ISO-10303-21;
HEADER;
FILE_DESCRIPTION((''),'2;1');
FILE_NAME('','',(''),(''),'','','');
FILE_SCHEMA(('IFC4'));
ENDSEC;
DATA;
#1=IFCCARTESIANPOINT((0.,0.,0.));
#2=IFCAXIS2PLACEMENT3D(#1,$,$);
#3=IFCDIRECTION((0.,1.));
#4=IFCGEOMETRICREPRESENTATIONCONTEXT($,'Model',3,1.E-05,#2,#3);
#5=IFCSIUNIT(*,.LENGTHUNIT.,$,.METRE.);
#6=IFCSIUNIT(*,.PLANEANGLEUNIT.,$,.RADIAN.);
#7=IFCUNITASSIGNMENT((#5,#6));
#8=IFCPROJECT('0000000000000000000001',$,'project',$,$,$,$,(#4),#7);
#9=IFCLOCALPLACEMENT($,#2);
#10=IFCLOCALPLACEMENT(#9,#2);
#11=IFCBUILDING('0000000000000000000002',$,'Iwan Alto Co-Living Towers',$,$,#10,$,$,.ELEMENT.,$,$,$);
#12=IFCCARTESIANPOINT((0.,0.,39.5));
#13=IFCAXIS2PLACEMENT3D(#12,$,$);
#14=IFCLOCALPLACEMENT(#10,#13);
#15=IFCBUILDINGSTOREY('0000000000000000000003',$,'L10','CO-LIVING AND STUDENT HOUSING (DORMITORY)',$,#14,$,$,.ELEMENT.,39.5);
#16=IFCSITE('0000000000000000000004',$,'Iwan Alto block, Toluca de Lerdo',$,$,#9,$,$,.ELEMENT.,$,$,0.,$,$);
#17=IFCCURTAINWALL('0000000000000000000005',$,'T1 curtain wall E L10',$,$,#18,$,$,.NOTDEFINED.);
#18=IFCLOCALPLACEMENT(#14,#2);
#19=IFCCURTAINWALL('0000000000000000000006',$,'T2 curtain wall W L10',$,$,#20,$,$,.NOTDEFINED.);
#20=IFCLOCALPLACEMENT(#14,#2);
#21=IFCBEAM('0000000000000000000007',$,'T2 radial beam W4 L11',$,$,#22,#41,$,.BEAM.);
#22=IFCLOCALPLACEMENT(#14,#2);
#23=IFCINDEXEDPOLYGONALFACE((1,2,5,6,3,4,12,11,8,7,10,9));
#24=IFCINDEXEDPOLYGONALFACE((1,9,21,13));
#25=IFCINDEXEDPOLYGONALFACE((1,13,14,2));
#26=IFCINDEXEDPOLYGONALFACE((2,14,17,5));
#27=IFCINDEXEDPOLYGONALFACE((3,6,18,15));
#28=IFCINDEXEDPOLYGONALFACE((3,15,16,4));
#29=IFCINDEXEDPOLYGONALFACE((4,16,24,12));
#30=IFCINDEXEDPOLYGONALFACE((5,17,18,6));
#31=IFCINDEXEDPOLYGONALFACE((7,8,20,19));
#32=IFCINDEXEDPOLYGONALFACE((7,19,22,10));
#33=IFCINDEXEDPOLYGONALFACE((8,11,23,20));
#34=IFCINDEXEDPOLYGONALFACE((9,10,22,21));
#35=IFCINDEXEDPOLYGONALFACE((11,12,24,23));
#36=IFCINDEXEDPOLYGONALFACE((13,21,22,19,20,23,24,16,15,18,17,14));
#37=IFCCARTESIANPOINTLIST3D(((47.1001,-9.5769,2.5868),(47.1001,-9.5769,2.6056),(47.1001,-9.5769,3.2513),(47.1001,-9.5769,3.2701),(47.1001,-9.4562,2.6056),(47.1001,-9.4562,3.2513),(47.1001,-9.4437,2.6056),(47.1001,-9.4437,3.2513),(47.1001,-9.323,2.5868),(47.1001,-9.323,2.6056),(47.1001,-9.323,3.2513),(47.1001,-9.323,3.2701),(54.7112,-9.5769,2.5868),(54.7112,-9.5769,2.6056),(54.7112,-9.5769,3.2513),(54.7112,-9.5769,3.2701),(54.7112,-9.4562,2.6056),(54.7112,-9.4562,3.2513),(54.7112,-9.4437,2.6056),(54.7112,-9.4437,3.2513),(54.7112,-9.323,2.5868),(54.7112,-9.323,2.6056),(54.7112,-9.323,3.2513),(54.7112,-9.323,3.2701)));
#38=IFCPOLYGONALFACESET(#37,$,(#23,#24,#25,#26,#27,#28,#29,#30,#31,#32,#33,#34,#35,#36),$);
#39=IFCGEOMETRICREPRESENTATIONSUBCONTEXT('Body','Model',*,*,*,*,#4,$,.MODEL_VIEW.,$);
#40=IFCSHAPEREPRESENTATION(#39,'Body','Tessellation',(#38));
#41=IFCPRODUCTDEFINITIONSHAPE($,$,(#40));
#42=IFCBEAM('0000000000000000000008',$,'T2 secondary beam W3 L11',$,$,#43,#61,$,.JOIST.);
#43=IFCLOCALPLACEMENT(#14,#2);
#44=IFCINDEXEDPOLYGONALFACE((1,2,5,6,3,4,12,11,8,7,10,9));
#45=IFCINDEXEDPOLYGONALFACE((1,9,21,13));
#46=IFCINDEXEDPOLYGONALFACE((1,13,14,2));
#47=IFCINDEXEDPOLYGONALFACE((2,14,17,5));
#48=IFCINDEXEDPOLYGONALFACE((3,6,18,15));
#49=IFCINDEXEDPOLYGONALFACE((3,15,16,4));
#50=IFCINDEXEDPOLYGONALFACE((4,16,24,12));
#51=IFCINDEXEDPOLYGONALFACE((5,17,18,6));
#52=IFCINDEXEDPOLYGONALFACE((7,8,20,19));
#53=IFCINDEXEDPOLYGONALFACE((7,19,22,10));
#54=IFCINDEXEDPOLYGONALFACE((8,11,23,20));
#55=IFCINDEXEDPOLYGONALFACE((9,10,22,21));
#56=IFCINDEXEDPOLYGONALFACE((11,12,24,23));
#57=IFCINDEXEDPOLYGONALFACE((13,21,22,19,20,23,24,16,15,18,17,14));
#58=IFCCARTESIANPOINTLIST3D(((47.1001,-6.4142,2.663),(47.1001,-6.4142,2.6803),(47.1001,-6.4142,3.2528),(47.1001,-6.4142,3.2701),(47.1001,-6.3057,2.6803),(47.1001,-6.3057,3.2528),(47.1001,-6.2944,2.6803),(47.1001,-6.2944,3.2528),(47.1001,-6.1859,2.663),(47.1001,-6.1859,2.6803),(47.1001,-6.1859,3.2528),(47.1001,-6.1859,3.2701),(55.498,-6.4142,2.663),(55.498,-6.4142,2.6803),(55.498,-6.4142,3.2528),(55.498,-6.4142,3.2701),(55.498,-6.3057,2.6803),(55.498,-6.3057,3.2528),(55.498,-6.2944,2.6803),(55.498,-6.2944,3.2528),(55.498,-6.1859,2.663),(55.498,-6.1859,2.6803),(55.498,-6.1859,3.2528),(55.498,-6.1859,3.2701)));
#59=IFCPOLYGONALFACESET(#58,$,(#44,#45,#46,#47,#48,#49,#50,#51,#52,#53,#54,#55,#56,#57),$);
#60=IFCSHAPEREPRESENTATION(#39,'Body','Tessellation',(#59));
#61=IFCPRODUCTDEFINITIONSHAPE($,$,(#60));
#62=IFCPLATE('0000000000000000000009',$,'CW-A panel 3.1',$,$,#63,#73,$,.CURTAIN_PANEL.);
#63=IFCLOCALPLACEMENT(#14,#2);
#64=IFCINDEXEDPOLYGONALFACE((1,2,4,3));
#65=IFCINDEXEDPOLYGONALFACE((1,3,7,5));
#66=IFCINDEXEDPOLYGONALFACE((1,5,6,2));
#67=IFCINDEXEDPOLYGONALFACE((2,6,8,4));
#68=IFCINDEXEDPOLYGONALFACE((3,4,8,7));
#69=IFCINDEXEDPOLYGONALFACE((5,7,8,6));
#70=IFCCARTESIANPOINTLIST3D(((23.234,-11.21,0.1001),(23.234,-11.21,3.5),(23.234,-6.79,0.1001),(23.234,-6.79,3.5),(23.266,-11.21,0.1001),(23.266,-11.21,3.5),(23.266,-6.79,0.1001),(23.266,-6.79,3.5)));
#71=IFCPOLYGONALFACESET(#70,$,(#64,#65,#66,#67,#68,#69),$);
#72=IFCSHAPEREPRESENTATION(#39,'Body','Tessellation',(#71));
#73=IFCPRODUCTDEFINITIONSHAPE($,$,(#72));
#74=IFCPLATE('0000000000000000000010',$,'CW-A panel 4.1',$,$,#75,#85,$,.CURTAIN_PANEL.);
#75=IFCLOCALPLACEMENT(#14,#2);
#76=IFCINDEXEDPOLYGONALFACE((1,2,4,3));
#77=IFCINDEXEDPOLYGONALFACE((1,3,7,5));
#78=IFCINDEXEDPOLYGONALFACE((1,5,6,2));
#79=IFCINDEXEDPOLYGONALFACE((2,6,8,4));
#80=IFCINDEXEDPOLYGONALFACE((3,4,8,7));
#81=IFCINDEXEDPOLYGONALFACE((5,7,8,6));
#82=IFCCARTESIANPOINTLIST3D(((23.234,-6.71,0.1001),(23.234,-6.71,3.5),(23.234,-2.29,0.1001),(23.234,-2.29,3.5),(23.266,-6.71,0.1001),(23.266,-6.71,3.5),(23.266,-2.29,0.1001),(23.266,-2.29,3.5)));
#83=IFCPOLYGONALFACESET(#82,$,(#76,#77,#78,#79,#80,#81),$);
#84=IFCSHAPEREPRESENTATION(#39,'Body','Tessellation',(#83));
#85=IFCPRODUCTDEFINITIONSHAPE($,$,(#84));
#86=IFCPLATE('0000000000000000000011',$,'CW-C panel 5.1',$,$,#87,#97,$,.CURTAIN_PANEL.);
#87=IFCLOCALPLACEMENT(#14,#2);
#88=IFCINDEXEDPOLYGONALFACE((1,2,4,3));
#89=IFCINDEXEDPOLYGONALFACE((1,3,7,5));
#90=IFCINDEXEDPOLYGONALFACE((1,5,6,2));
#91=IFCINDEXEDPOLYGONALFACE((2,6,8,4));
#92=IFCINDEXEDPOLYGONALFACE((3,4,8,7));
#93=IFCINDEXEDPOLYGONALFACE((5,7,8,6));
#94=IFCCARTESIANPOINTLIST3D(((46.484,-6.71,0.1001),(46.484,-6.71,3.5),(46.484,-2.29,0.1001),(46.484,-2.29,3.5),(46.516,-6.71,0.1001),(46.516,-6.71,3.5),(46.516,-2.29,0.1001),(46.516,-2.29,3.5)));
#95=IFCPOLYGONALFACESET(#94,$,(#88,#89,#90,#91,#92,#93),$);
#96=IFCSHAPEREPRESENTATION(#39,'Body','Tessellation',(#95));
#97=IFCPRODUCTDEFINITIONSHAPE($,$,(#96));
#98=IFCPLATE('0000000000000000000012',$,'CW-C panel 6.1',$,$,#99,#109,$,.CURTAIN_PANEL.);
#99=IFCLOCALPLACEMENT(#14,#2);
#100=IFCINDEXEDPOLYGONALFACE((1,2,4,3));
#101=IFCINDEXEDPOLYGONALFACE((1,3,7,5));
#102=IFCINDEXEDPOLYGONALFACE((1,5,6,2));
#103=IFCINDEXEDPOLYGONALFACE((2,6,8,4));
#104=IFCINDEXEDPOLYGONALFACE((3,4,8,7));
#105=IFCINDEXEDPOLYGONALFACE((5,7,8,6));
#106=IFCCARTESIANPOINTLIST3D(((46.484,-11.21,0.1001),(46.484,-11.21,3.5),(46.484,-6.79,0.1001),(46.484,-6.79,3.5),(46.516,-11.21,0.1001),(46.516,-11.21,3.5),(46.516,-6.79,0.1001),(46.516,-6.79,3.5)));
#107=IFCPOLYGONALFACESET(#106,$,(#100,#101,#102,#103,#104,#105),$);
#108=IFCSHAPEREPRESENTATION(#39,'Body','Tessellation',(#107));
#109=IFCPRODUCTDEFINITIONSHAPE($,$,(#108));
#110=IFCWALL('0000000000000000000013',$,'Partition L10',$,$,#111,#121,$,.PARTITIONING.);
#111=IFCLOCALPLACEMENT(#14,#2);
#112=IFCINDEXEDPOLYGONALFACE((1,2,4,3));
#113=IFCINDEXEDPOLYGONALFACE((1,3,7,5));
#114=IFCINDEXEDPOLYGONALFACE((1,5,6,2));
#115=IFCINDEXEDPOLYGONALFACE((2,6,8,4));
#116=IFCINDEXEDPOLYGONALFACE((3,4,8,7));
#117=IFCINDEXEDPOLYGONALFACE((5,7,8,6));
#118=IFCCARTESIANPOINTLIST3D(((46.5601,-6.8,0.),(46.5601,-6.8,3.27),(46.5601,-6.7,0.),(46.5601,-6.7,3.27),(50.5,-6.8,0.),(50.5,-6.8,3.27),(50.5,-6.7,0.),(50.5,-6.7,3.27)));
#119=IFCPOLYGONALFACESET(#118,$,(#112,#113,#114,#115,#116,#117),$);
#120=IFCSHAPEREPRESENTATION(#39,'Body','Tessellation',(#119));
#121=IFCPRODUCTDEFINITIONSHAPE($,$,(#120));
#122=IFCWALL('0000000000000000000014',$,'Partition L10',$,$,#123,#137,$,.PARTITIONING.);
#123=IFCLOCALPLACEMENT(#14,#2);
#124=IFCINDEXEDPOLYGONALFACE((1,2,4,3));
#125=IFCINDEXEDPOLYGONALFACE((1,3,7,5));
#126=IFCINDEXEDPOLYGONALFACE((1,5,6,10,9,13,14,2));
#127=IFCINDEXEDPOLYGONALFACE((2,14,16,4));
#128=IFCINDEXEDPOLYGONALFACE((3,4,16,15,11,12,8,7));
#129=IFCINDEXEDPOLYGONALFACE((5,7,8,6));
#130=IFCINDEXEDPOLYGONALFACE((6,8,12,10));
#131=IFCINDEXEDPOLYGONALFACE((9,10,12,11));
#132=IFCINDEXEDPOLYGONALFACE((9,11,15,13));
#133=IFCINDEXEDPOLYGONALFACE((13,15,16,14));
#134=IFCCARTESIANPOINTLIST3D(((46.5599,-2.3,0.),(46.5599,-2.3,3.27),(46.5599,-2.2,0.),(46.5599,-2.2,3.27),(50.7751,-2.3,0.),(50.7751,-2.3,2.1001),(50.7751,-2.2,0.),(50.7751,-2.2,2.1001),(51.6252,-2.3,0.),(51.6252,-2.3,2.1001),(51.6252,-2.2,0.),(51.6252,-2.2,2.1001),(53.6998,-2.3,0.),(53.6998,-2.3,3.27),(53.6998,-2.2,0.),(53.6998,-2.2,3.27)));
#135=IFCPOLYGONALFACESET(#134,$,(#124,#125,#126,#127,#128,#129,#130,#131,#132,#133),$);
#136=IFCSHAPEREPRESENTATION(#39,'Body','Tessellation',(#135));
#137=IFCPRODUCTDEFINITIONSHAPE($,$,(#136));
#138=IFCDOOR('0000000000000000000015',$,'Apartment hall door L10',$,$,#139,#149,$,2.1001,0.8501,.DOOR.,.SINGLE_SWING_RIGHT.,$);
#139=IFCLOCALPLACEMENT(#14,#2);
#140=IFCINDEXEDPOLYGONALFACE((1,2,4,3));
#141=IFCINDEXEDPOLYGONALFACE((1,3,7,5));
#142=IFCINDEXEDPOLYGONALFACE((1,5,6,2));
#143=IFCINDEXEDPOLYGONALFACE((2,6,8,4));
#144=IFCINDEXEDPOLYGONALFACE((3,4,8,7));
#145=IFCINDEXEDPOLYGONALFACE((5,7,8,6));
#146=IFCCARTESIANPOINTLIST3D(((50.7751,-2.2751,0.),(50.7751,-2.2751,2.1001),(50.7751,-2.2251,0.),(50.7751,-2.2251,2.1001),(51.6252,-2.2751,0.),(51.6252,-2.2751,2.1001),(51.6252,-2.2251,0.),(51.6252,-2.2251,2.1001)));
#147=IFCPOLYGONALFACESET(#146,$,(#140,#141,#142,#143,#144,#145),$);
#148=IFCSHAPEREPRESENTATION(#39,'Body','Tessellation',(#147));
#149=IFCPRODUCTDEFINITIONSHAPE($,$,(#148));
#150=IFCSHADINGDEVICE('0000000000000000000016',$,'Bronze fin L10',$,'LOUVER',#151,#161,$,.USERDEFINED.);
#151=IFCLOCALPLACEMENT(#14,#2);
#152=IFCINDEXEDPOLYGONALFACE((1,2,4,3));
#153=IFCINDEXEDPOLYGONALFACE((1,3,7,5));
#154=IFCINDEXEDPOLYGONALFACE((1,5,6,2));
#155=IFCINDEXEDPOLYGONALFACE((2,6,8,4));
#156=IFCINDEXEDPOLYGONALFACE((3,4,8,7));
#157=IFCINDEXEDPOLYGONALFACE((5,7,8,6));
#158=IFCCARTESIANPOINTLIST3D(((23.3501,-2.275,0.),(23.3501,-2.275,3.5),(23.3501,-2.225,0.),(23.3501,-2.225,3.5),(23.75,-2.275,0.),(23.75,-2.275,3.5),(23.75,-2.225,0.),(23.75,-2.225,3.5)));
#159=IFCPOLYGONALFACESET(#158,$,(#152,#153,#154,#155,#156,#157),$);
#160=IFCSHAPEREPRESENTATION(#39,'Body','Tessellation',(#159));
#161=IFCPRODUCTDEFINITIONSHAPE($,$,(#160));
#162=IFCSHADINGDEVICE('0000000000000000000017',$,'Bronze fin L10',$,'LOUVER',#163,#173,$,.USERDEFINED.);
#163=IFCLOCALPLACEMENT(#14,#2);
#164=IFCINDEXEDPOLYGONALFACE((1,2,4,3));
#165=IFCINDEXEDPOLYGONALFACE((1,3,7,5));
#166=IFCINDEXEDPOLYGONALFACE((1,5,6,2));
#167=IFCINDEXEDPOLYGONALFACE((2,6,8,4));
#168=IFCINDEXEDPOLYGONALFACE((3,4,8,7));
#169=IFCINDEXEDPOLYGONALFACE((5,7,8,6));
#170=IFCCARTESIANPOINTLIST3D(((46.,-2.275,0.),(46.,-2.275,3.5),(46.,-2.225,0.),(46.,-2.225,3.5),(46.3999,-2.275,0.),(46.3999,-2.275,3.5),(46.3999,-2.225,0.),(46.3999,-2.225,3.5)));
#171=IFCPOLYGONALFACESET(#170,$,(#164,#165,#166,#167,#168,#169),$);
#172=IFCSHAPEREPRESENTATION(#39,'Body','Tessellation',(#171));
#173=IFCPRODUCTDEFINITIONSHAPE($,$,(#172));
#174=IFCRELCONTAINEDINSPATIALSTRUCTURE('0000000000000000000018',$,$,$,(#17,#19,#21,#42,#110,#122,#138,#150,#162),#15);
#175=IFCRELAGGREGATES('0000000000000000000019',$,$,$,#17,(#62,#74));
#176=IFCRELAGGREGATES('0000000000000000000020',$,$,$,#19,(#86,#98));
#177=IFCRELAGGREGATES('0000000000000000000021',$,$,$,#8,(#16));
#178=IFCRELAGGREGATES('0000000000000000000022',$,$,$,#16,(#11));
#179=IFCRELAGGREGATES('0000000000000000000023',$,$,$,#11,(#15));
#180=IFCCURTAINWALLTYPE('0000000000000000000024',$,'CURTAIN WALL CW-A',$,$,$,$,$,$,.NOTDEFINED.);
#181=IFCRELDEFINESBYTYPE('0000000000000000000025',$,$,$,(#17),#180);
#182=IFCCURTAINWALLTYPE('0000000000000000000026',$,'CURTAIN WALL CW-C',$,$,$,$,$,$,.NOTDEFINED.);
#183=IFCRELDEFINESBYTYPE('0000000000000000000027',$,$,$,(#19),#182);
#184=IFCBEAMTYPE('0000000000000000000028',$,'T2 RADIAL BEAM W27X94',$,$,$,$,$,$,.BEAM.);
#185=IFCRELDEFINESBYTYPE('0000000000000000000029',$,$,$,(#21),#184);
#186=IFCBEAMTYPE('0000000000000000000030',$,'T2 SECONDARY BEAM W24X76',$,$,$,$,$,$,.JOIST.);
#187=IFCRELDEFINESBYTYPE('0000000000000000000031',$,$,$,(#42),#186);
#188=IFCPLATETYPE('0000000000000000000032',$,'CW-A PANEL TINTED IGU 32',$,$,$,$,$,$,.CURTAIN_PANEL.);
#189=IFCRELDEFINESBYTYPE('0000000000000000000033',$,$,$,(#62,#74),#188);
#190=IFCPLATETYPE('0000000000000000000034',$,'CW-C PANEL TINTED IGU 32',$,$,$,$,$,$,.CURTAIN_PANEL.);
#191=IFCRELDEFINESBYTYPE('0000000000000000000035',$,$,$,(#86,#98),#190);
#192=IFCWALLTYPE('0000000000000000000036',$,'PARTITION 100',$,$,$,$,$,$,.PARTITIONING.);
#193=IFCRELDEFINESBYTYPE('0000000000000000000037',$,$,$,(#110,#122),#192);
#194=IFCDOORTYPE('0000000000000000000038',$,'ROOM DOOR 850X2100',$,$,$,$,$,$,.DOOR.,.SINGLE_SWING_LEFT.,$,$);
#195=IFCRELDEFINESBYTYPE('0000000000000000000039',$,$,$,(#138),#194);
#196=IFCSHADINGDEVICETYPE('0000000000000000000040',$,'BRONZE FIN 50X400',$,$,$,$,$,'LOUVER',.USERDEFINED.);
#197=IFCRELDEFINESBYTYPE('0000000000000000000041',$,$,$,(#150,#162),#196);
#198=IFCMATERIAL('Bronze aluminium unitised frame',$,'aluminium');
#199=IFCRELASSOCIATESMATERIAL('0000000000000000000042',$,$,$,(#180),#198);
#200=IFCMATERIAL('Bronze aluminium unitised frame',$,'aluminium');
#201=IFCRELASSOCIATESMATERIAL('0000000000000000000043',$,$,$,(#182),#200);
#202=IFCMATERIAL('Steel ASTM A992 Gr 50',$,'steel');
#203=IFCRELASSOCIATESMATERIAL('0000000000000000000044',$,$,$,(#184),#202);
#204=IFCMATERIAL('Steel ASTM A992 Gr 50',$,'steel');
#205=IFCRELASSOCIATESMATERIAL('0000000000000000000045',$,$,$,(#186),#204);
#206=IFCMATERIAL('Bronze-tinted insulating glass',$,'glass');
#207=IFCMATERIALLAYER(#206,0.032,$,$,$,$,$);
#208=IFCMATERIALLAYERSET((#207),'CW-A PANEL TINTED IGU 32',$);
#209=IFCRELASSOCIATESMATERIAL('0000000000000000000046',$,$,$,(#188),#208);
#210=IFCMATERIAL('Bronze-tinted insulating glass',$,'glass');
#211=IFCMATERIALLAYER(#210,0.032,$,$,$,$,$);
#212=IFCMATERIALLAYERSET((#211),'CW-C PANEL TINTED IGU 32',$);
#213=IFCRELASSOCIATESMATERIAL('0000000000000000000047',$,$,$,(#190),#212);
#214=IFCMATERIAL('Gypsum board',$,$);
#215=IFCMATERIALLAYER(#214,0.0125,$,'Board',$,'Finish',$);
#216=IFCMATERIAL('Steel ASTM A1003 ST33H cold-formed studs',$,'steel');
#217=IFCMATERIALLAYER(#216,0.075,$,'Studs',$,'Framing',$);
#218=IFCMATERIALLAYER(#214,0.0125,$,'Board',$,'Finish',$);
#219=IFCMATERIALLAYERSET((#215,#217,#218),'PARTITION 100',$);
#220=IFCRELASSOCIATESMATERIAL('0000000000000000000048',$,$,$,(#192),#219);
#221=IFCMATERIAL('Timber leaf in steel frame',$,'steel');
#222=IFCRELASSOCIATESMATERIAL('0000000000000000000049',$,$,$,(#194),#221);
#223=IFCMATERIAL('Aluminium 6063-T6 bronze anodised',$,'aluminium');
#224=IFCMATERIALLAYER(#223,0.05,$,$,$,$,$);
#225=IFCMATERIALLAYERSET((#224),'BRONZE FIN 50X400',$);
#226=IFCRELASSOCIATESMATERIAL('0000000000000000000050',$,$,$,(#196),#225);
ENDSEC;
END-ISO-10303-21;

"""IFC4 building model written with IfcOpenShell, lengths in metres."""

from ifc_helpers import new_model, si_unit, direction, frame, frame_2d, origin, origin_2d, place, context, subcontext, project, spatial, rectangle, i_section, extrude, material, layer, layer_set, material_profile, profile_set, type_object, element, fill, aggregate, save


model = new_model("IFC4")

# Units and contexts
model_context = context("Model", 3, precision=1e-05, world=origin(), true_north=direction((0.0, 1.0)))
body_context = subcontext(model_context, "Body", "Model", "MODEL_VIEW")
ifc_project = project(units=[si_unit("LENGTHUNIT", "METRE"), si_unit("PLANEANGLEUNIT", "RADIAN")], contexts=[model_context])

# Site, building, storey
site_placement = place(None, origin())
site = spatial("IfcSite", under=ifc_project, at=site_placement, Name="Iwan Alto block, Toluca de Lerdo", CompositionType="ELEMENT", RefElevation=0.0)
building_placement = place(site_placement, origin())
building = spatial("IfcBuilding", under=site, at=building_placement, Name="Iwan Alto Co-Living Towers", CompositionType="ELEMENT")
storey_placement = place(building_placement, frame((0.0, 0.0, 39.5)))
storey = spatial("IfcBuildingStorey", under=building, at=storey_placement, Name="L10", Description="CO-LIVING AND STUDENT HOUSING (DORMITORY)", CompositionType="ELEMENT", Elevation=39.5)

# Curtain walls
ifc_material_1 = material(Name="Bronze aluminium unitised frame", Category="aluminium")
curtain_wall_type_1 = type_object("IfcCurtainWallType", Name="CURTAIN WALL CW-A", PredefinedType="NOTDEFINED", material=ifc_material_1)
curtain_wall_1_placement = place(storey_placement, origin())
curtain_wall_1 = element("IfcCurtainWall", 1, at=curtain_wall_1_placement, inside=storey, type_object=curtain_wall_type_1, Name="T1 curtain wall E L10", PredefinedType="NOTDEFINED")
ifc_material_2 = material(Name="Bronze aluminium unitised frame", Category="aluminium")
curtain_wall_type_2 = type_object("IfcCurtainWallType", Name="CURTAIN WALL CW-C", PredefinedType="NOTDEFINED", material=ifc_material_2)
curtain_wall_2_placement = place(storey_placement, origin())
curtain_wall_2 = element("IfcCurtainWall", 2, at=curtain_wall_2_placement, inside=storey, type_object=curtain_wall_type_2, Name="T2 curtain wall W L10", PredefinedType="NOTDEFINED")

# Beams
ifc_material_3 = material(Name="Steel ASTM A992 Gr 50", Category="steel")
ifc_material_profile_1 = material_profile(ifc_material_3, i_section(OverallWidth=0.2539, OverallDepth=0.6833, WebThickness=0.0125, FlangeThickness=0.0188, at=origin_2d()), Name="W27X94")
ifc_profile_set_1 = profile_set([ifc_material_profile_1], Name="Steel ASTM A992 Gr 50")
beam_type_1 = type_object("IfcBeamType", Name="T2 RADIAL BEAM W27X94", PredefinedType="BEAM", material=ifc_profile_set_1)
beam_1_placement = place(storey_placement, frame((47.1001, -9.45, 2.9285), z_axis=(1.0, 0.0, 0.0), x_axis=(0.0, 1.0, 0.0)))
element("IfcBeam", 3, at=beam_1_placement, inside=storey, type_object=beam_type_1, Name="T2 radial beam W4 L11", PredefinedType="BEAM", context=body_context, shape_type="SweptSolid", body=[
    extrude(i_section(OverallWidth=0.2539, OverallDepth=0.6833, WebThickness=0.0125, FlangeThickness=0.0188, at=origin_2d()), origin(), (0.0, 0.0, 1.0), 7.6111),
])
ifc_material_4 = material(Name="Steel ASTM A992 Gr 50", Category="steel")
ifc_material_profile_2 = material_profile(ifc_material_4, i_section(OverallWidth=0.2283, OverallDepth=0.6072, WebThickness=0.0112, FlangeThickness=0.0173, at=origin_2d()), Name="W24X76")
ifc_profile_set_2 = profile_set([ifc_material_profile_2], Name="Steel ASTM A992 Gr 50")
beam_type_2 = type_object("IfcBeamType", Name="T2 SECONDARY BEAM W24X76", PredefinedType="JOIST", material=ifc_profile_set_2)
beam_2_placement = place(storey_placement, frame((47.1001, -6.3, 2.9666), z_axis=(1.0, 0.0, 0.0), x_axis=(0.0, 1.0, 0.0)))
element("IfcBeam", 4, at=beam_2_placement, inside=storey, type_object=beam_type_2, Name="T2 secondary beam W3 L11", PredefinedType="JOIST", context=body_context, shape_type="SweptSolid", body=[
    extrude(i_section(OverallWidth=0.2283, OverallDepth=0.6072, WebThickness=0.0112, FlangeThickness=0.0173, at=origin_2d()), origin(), (0.0, 0.0, 1.0), 8.3979),
])

# Plates
ifc_material_5 = material(Name="Bronze-tinted insulating glass", Category="glass")
ifc_layer_1 = layer(ifc_material_5, 0.032)
ifc_layer_set_1 = layer_set([ifc_layer_1], Name="CW-A PANEL TINTED IGU 32")
plate_type_1 = type_object("IfcPlateType", Name="CW-A PANEL TINTED IGU 32", PredefinedType="CURTAIN_PANEL", material=ifc_layer_set_1)
plate_1_placement = place(storey_placement, frame((23.25, -9.0, 0.1001), z_axis=(0.0, 0.0, 1.0), x_axis=(0.0, 1.0, 0.0)))
plate_1 = element("IfcPlate", 5, at=plate_1_placement, type_object=plate_type_1, Name="CW-A panel 3.1", PredefinedType="CURTAIN_PANEL", context=body_context, shape_type="SweptSolid", body=[
    extrude(rectangle(XDim=4.4199, YDim=0.032, at=origin_2d()), origin(), (0.0, 0.0, 1.0), 3.3999),
])
plate_2_placement = place(storey_placement, frame((23.25, -4.5, 0.1001), z_axis=(0.0, 0.0, 1.0), x_axis=(0.0, 1.0, 0.0)))
plate_2 = element("IfcPlate", 6, at=plate_2_placement, type_object=plate_type_1, Name="CW-A panel 4.1", PredefinedType="CURTAIN_PANEL", context=body_context, shape_type="SweptSolid", body=[
    extrude(rectangle(XDim=4.4199, YDim=0.032, at=origin_2d()), origin(), (0.0, 0.0, 1.0), 3.3999),
])
aggregate(curtain_wall_1, [plate_1, plate_2])
ifc_material_6 = material(Name="Bronze-tinted insulating glass", Category="glass")
ifc_layer_2 = layer(ifc_material_6, 0.032)
ifc_layer_set_2 = layer_set([ifc_layer_2], Name="CW-C PANEL TINTED IGU 32")
plate_type_2 = type_object("IfcPlateType", Name="CW-C PANEL TINTED IGU 32", PredefinedType="CURTAIN_PANEL", material=ifc_layer_set_2)
plate_3_placement = place(storey_placement, frame((46.5, -4.5, 0.1001), z_axis=(0.0, 0.0, 1.0), x_axis=(0.0, -1.0, 0.0)))
plate_3 = element("IfcPlate", 7, at=plate_3_placement, type_object=plate_type_2, Name="CW-C panel 5.1", PredefinedType="CURTAIN_PANEL", context=body_context, shape_type="SweptSolid", body=[
    extrude(rectangle(XDim=4.4199, YDim=0.032, at=origin_2d()), origin(), (0.0, 0.0, 1.0), 3.3999),
])
plate_4_placement = place(storey_placement, frame((46.5, -9.0, 0.1001), z_axis=(0.0, 0.0, 1.0), x_axis=(0.0, -1.0, 0.0)))
plate_4 = element("IfcPlate", 8, at=plate_4_placement, type_object=plate_type_2, Name="CW-C panel 6.1", PredefinedType="CURTAIN_PANEL", context=body_context, shape_type="SweptSolid", body=[
    extrude(rectangle(XDim=4.4199, YDim=0.032, at=origin_2d()), origin(), (0.0, 0.0, 1.0), 3.3999),
])
aggregate(curtain_wall_2, [plate_3, plate_4])

# Wall
ifc_material_7 = material(Name="Gypsum board")
ifc_layer_3 = layer(ifc_material_7, 0.0125, Name="Board", Category="Finish")
ifc_material_8 = material(Name="Steel ASTM A1003 ST33H cold-formed studs", Category="steel")
ifc_layer_4 = layer(ifc_material_8, 0.075, Name="Studs", Category="Framing")
ifc_layer_5 = layer(ifc_material_7, 0.0125, Name="Board", Category="Finish")
ifc_layer_set_3 = layer_set([ifc_layer_3, ifc_layer_4, ifc_layer_5], Name="PARTITION 100")
wall_type = type_object("IfcWallType", Name="PARTITION 100", PredefinedType="PARTITIONING", material=ifc_layer_set_3)
wall_1_placement = place(storey_placement, frame((46.5601, -6.75, 0.0), z_axis=(0.0, 0.0, 1.0), x_axis=(1.0, 0.0, 0.0)))
element("IfcWall", 9, at=wall_1_placement, inside=storey, type_object=wall_type, Name="Partition L10", PredefinedType="PARTITIONING", context=body_context, shape_type="SweptSolid", body=[
    extrude(rectangle(XDim=3.9399, YDim=0.1001, at=frame_2d((1.97, 0.0))), origin(), (0.0, 0.0, 1.0), 3.27),
])

# Wall, opening, door
wall_2_placement = place(storey_placement, frame((46.5601, -2.25, 0.0), z_axis=(0.0, 0.0, 1.0), x_axis=(1.0, 0.0, 0.0)))
wall_2 = element("IfcWall", 10, at=wall_2_placement, inside=storey, type_object=wall_type, Name="Partition L10", PredefinedType="PARTITIONING", context=body_context, shape_type="SweptSolid", body=[
    extrude(rectangle(XDim=7.1399, YDim=0.1001, at=frame_2d((3.5698, 0.0))), origin(), (0.0, 0.0, 1.0), 3.27),
])
opening_placement = place(wall_2_placement, frame((4.2151, 0.0, 0.0)))
opening = element("IfcOpeningElement", 11, at=opening_placement, cuts=wall_2, PredefinedType="OPENING", context=body_context, shape_type="SweptSolid", body=[
    extrude(rectangle(XDim=0.8501, YDim=2.1001, at=frame_2d((0.425, 1.05))), frame((0.0, 0.0601, 0.0), z_axis=(0.0, -1.0, 0.0), x_axis=(1.0, 0.0, 0.0)), (0.0, 0.0, 1.0), 0.1201),
])
ifc_material_9 = material(Name="Timber leaf in steel frame", Category="steel")
door_type = type_object("IfcDoorType", Name="ROOM DOOR 850X2100", OperationType="SINGLE_SWING_LEFT", PredefinedType="DOOR", material=ifc_material_9)
door_placement = place(opening_placement, origin())
door = element("IfcDoor", 12, at=door_placement, inside=storey, type_object=door_type, Name="Apartment hall door L10", OperationType="SINGLE_SWING_RIGHT", OverallHeight=2.1001, OverallWidth=0.8501, PredefinedType="DOOR", context=body_context, shape_type="SweptSolid", body=[
    extrude(rectangle(XDim=0.8501, YDim=2.1001, at=frame_2d((0.425, 1.05))), frame((0.0, 0.0249, 0.0), z_axis=(0.0, -1.0, 0.0), x_axis=(1.0, 0.0, 0.0)), (0.0, 0.0, 1.0), 0.05),
])
fill(opening, door)

# Shading devices
ifc_material_10 = material(Name="Aluminium 6063-T6 bronze anodised", Category="aluminium")
ifc_layer_6 = layer(ifc_material_10, 0.05)
ifc_layer_set_4 = layer_set([ifc_layer_6], Name="BRONZE FIN 50X400")
shading_device_type = type_object("IfcShadingDeviceType", Name="BRONZE FIN 50X400", ElementType="LOUVER", PredefinedType="USERDEFINED", material=ifc_layer_set_4)
for number, where, z_axis, x_axis, name in (
    (13, (23.55, -2.25, 0.0), (0.0, 0.0, 1.0), (0.0, 1.0, 0.0), "Bronze fin L10"),
    (14, (46.2, -2.25, 0.0), (0.0, 0.0, 1.0), (0.0, -1.0, 0.0), "Bronze fin L10"),
):
    element("IfcShadingDevice", number, at=place(storey_placement, frame(where, z_axis=z_axis, x_axis=x_axis)), inside=storey, type_object=shading_device_type, Name=name, ObjectType="LOUVER", PredefinedType="USERDEFINED", context=body_context, shape_type="SweptSolid", body=[
        extrude(rectangle(XDim=0.05, YDim=0.3999, at=origin_2d()), origin(), (0.0, 0.0, 1.0), 3.5),
    ])

save(model, "model.ifc")
